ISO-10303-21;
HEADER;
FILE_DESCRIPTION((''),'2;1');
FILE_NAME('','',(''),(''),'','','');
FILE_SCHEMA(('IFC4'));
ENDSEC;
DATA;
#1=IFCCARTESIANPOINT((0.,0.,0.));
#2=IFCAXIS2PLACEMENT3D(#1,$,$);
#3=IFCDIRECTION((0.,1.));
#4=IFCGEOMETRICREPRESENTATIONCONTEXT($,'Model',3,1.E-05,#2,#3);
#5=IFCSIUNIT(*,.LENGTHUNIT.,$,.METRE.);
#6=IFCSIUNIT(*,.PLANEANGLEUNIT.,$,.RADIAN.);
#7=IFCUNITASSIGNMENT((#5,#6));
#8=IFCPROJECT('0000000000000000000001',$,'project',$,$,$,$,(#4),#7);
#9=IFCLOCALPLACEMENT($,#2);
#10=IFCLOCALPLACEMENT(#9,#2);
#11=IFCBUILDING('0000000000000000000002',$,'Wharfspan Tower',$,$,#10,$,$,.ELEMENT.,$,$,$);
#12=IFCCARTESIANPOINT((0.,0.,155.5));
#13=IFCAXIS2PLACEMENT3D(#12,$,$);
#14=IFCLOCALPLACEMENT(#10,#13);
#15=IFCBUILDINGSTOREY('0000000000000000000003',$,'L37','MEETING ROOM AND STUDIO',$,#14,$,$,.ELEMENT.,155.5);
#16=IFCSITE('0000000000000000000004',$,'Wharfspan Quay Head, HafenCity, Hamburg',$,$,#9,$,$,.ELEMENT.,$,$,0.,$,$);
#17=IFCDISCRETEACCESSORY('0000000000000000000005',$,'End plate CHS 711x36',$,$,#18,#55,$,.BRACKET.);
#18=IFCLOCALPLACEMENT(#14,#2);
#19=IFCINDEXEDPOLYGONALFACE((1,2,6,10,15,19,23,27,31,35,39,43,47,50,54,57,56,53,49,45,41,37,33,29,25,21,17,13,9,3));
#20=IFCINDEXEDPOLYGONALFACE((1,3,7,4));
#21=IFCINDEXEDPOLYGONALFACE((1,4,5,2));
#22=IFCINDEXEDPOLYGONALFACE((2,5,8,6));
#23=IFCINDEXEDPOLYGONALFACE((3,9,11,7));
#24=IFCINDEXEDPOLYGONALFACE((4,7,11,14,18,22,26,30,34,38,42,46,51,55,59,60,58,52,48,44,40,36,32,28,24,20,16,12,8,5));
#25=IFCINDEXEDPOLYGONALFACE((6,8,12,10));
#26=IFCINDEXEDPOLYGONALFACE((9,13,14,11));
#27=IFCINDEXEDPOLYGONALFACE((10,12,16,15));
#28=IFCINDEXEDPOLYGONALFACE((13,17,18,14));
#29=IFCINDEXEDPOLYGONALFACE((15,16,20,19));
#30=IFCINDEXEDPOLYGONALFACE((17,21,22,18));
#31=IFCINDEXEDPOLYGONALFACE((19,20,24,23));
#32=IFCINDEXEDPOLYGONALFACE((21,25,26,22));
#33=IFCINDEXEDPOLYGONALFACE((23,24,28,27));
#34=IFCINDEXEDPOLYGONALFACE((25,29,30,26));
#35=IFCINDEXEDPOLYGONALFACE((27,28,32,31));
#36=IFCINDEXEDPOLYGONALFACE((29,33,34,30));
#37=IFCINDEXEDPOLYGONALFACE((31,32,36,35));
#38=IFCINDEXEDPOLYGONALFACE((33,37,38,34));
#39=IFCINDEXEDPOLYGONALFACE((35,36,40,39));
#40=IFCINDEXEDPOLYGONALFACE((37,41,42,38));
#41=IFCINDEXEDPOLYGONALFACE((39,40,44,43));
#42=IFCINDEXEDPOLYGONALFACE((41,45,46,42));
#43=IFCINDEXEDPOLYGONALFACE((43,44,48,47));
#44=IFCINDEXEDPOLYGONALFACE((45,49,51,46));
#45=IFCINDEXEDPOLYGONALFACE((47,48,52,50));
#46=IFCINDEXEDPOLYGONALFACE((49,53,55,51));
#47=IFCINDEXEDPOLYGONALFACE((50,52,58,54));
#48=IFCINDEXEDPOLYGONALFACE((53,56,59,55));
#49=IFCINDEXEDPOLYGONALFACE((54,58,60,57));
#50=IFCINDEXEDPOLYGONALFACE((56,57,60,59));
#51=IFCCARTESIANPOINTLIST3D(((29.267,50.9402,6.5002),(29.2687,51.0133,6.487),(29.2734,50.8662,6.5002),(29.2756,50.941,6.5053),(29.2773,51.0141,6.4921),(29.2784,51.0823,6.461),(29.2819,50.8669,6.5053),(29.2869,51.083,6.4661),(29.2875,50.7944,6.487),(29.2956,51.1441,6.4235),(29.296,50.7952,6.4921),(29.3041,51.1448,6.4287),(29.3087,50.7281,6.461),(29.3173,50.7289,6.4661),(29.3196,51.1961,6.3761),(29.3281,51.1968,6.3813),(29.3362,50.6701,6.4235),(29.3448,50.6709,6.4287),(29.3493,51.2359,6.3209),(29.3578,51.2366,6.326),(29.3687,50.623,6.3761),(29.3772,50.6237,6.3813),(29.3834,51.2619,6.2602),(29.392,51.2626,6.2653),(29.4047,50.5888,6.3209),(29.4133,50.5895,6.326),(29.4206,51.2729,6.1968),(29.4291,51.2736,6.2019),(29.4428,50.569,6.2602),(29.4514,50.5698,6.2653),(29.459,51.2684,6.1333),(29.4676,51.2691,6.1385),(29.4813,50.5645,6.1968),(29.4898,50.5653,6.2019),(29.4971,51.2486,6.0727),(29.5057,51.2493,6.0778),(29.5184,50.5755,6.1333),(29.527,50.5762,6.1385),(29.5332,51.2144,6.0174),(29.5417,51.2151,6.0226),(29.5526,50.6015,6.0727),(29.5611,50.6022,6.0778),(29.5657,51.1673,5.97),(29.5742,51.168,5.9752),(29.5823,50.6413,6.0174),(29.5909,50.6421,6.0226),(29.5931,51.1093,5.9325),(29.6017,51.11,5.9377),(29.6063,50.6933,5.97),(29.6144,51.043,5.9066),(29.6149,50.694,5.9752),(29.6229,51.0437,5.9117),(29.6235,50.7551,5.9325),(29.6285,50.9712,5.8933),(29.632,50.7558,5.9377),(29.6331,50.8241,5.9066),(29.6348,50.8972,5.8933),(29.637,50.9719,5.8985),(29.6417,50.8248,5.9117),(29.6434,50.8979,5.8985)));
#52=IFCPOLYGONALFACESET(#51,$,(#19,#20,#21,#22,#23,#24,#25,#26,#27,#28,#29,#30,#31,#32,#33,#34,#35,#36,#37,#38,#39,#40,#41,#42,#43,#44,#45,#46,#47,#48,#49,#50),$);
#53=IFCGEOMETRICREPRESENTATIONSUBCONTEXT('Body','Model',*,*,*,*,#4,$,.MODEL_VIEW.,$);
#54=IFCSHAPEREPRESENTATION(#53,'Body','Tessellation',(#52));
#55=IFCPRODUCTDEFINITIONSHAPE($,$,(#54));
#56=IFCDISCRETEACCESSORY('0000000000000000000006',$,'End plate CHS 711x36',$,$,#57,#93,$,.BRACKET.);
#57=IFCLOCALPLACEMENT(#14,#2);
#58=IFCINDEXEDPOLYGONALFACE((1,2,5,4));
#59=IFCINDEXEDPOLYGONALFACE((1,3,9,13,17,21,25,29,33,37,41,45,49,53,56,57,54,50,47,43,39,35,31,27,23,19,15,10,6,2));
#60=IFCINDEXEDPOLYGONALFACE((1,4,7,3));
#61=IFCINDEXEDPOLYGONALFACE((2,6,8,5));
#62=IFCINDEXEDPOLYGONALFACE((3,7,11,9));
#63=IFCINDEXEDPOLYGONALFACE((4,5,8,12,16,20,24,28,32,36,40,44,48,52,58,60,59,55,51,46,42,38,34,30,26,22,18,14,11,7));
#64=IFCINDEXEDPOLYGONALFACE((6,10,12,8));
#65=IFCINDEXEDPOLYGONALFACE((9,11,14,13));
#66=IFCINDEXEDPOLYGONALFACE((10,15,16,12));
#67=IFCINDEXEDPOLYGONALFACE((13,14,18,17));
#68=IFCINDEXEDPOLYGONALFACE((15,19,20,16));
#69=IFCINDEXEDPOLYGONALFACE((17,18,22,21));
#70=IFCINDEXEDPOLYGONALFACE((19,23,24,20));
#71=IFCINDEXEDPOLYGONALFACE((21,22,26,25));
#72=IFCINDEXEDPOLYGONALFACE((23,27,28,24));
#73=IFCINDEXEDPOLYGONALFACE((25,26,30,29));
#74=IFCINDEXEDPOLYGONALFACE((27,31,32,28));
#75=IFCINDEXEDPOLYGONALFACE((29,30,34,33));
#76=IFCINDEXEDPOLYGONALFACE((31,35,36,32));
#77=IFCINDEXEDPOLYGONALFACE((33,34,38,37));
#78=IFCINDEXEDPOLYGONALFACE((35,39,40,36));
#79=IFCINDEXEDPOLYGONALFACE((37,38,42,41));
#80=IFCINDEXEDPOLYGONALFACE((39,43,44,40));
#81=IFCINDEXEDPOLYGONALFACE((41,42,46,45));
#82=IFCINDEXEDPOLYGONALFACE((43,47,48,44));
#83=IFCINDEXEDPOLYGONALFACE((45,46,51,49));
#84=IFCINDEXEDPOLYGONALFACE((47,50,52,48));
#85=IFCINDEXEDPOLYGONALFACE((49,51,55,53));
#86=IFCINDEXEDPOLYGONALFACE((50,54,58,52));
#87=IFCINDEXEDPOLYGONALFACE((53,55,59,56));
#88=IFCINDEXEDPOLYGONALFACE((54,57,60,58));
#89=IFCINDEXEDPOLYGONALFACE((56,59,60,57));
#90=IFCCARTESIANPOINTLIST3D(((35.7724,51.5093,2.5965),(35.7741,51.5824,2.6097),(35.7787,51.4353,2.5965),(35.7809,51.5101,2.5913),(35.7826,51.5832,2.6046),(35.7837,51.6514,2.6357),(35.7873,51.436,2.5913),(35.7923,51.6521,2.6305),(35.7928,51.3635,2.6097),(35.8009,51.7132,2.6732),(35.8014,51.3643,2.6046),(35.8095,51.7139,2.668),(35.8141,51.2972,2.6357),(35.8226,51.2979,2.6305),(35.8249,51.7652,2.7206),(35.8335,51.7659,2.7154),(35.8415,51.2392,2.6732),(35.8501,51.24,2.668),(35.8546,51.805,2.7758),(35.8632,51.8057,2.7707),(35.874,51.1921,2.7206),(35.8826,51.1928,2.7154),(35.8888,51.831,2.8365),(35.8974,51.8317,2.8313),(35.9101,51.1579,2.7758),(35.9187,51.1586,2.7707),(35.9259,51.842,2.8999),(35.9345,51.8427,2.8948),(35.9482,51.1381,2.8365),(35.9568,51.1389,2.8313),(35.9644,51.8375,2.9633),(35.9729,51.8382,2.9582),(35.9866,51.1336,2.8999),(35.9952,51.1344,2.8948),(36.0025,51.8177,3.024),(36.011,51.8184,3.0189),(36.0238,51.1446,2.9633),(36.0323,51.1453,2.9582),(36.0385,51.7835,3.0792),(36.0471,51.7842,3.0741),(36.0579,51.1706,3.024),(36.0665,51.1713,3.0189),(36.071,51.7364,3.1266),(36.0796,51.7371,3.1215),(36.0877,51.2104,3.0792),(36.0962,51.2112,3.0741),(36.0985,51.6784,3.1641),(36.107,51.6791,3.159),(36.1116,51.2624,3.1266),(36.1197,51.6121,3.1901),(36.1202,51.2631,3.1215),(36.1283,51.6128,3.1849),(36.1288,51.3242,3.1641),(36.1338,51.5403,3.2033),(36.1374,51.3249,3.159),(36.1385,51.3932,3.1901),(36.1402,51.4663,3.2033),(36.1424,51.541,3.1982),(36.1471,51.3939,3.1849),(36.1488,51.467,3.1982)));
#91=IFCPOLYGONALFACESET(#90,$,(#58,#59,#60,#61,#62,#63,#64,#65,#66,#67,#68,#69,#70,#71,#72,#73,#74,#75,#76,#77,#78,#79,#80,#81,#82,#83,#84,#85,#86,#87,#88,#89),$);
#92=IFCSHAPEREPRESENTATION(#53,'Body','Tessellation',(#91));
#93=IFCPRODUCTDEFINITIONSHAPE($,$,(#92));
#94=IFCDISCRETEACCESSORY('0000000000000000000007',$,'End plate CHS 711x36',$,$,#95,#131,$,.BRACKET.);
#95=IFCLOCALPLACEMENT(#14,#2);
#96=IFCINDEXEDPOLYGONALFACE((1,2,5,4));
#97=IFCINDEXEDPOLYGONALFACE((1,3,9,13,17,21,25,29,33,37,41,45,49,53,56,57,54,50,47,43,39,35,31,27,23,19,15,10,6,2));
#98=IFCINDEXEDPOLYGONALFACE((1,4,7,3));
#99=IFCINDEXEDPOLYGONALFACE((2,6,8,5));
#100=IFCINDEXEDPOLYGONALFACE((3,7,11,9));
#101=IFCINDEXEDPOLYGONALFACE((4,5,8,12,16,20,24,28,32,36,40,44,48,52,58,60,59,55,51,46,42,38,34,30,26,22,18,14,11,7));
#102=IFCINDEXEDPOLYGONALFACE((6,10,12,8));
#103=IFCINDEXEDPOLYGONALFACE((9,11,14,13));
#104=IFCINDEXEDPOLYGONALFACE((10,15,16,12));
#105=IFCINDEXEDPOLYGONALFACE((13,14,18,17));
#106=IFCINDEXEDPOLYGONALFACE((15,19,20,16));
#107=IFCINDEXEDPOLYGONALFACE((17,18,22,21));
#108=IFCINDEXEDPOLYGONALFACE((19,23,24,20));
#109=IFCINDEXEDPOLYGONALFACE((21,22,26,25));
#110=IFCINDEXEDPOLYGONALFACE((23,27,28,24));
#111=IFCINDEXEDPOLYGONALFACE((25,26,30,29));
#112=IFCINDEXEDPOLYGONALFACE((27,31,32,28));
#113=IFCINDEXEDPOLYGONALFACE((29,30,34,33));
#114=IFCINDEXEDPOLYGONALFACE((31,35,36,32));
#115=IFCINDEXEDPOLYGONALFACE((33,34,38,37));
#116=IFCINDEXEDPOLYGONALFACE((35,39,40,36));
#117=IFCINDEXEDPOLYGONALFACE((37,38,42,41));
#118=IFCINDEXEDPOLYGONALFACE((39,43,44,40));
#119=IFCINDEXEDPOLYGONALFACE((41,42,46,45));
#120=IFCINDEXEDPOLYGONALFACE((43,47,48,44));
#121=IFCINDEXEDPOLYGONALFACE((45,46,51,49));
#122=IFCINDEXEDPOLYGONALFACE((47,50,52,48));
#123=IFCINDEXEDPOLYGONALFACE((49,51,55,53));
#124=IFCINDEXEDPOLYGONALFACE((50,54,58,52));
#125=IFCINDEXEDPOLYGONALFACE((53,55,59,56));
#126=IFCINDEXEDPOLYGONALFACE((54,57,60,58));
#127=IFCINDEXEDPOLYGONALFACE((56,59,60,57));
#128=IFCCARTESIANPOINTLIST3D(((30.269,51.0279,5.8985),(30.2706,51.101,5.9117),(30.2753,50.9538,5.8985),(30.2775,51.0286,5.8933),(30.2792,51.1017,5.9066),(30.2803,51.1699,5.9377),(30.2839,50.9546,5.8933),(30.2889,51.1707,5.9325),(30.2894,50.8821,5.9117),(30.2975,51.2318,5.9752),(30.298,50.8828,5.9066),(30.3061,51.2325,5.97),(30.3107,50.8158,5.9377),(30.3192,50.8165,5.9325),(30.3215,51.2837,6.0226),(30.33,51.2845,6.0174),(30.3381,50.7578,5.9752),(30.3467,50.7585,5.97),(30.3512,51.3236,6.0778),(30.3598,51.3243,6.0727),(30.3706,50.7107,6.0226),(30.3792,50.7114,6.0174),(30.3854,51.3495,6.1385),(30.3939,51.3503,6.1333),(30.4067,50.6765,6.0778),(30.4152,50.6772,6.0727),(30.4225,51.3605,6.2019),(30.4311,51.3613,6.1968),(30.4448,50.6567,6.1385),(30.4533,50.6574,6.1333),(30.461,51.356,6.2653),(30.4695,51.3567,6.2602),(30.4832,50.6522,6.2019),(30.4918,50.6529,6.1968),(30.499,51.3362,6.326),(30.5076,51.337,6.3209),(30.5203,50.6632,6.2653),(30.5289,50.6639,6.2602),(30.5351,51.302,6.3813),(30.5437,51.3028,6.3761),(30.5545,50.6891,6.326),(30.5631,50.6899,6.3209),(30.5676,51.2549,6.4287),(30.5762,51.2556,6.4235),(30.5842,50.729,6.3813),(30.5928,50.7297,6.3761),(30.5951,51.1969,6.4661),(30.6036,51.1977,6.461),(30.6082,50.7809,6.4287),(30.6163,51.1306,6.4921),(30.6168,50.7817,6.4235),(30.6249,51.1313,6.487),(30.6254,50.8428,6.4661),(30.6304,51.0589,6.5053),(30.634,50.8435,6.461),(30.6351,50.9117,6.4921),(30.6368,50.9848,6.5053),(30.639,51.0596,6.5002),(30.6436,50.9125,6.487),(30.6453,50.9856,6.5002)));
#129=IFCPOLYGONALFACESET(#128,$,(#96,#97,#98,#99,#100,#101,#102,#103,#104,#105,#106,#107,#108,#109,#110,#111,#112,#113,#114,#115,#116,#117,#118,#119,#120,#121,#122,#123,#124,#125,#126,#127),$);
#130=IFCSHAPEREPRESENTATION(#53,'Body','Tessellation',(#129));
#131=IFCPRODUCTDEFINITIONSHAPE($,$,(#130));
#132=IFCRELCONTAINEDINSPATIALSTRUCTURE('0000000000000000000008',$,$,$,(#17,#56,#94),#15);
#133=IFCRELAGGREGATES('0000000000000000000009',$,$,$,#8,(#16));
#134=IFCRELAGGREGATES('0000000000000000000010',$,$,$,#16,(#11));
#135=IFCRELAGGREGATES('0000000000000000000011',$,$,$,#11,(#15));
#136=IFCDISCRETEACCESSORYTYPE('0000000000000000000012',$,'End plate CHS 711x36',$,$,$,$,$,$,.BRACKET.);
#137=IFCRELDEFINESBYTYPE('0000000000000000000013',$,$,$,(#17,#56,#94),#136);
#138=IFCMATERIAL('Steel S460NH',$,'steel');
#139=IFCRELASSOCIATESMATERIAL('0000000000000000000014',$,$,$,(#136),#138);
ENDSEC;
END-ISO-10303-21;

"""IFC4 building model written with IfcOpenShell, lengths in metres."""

from ifc_helpers import new_model, si_unit, direction, frame, origin, origin_2d, place, context, subcontext, project, spatial, circle, extrude, material, material_profile, profile_set, type_object, element, save


model = new_model("IFC4")

# Units and contexts
model_context = context("Model", 3, precision=1e-05, world=origin(), true_north=direction((0.0, 1.0)))
body_context = subcontext(model_context, "Body", "Model", "MODEL_VIEW")
ifc_project = project(units=[si_unit("LENGTHUNIT", "METRE"), si_unit("PLANEANGLEUNIT", "RADIAN")], contexts=[model_context])

# Site, building, storey
site_placement = place(None, origin())
site = spatial("IfcSite", under=ifc_project, at=site_placement, Name="Wharfspan Quay Head, HafenCity, Hamburg", CompositionType="ELEMENT", RefElevation=0.0)
building_placement = place(site_placement, origin())
building = spatial("IfcBuilding", under=site, at=building_placement, Name="Wharfspan Tower", CompositionType="ELEMENT")
storey_placement = place(building_placement, frame((0.0, 0.0, 155.5)))
storey = spatial("IfcBuildingStorey", under=building, at=storey_placement, Name="L37", Description="MEETING ROOM AND STUDIO", CompositionType="ELEMENT", Elevation=155.5)

# Shared definitions
ifc_material_1 = material(Name="Steel S460NH", Category="steel")

# Discrete accessories
ifc_material_profile_1 = material_profile(ifc_material_1, circle(Radius=0.3555, at=origin_2d()))
ifc_profile_set_1 = profile_set([ifc_material_profile_1], Name="Steel S460NH")
discrete_accessory_type = type_object("IfcDiscreteAccessoryType", Name="End plate CHS 711x36", PredefinedType="BRACKET", material=ifc_profile_set_1)
for number, where, z_axis, x_axis, name in (
    (1, (29.4509, 50.9187, 6.1968), (0.855186, 0.073302, 0.513112), (-0.085402, 0.996345, 0.000001), "End plate CHS 711x36"),
    (2, (35.9648, 51.4885, 2.8948), (-0.855186, -0.073302, 0.513112), (0.085402, -0.996345, 0.000001), "End plate CHS 711x36"),
    (3, (30.4614, 51.0071, 6.1968), (-0.855186, -0.073302, 0.513112), (0.085402, -0.996345, 0.000001), "End plate CHS 711x36"),
):
    element("IfcDiscreteAccessory", number, at=place(storey_placement, frame(where, z_axis=z_axis, x_axis=x_axis)), inside=storey, type_object=discrete_accessory_type, Name=name, PredefinedType="BRACKET", context=body_context, shape_type="SweptSolid", body=[
        extrude(circle(Radius=0.3555, at=origin_2d()), origin(), (0.0, 0.0, 1.0), 0.01),
    ])

save(model, "model.ifc")
